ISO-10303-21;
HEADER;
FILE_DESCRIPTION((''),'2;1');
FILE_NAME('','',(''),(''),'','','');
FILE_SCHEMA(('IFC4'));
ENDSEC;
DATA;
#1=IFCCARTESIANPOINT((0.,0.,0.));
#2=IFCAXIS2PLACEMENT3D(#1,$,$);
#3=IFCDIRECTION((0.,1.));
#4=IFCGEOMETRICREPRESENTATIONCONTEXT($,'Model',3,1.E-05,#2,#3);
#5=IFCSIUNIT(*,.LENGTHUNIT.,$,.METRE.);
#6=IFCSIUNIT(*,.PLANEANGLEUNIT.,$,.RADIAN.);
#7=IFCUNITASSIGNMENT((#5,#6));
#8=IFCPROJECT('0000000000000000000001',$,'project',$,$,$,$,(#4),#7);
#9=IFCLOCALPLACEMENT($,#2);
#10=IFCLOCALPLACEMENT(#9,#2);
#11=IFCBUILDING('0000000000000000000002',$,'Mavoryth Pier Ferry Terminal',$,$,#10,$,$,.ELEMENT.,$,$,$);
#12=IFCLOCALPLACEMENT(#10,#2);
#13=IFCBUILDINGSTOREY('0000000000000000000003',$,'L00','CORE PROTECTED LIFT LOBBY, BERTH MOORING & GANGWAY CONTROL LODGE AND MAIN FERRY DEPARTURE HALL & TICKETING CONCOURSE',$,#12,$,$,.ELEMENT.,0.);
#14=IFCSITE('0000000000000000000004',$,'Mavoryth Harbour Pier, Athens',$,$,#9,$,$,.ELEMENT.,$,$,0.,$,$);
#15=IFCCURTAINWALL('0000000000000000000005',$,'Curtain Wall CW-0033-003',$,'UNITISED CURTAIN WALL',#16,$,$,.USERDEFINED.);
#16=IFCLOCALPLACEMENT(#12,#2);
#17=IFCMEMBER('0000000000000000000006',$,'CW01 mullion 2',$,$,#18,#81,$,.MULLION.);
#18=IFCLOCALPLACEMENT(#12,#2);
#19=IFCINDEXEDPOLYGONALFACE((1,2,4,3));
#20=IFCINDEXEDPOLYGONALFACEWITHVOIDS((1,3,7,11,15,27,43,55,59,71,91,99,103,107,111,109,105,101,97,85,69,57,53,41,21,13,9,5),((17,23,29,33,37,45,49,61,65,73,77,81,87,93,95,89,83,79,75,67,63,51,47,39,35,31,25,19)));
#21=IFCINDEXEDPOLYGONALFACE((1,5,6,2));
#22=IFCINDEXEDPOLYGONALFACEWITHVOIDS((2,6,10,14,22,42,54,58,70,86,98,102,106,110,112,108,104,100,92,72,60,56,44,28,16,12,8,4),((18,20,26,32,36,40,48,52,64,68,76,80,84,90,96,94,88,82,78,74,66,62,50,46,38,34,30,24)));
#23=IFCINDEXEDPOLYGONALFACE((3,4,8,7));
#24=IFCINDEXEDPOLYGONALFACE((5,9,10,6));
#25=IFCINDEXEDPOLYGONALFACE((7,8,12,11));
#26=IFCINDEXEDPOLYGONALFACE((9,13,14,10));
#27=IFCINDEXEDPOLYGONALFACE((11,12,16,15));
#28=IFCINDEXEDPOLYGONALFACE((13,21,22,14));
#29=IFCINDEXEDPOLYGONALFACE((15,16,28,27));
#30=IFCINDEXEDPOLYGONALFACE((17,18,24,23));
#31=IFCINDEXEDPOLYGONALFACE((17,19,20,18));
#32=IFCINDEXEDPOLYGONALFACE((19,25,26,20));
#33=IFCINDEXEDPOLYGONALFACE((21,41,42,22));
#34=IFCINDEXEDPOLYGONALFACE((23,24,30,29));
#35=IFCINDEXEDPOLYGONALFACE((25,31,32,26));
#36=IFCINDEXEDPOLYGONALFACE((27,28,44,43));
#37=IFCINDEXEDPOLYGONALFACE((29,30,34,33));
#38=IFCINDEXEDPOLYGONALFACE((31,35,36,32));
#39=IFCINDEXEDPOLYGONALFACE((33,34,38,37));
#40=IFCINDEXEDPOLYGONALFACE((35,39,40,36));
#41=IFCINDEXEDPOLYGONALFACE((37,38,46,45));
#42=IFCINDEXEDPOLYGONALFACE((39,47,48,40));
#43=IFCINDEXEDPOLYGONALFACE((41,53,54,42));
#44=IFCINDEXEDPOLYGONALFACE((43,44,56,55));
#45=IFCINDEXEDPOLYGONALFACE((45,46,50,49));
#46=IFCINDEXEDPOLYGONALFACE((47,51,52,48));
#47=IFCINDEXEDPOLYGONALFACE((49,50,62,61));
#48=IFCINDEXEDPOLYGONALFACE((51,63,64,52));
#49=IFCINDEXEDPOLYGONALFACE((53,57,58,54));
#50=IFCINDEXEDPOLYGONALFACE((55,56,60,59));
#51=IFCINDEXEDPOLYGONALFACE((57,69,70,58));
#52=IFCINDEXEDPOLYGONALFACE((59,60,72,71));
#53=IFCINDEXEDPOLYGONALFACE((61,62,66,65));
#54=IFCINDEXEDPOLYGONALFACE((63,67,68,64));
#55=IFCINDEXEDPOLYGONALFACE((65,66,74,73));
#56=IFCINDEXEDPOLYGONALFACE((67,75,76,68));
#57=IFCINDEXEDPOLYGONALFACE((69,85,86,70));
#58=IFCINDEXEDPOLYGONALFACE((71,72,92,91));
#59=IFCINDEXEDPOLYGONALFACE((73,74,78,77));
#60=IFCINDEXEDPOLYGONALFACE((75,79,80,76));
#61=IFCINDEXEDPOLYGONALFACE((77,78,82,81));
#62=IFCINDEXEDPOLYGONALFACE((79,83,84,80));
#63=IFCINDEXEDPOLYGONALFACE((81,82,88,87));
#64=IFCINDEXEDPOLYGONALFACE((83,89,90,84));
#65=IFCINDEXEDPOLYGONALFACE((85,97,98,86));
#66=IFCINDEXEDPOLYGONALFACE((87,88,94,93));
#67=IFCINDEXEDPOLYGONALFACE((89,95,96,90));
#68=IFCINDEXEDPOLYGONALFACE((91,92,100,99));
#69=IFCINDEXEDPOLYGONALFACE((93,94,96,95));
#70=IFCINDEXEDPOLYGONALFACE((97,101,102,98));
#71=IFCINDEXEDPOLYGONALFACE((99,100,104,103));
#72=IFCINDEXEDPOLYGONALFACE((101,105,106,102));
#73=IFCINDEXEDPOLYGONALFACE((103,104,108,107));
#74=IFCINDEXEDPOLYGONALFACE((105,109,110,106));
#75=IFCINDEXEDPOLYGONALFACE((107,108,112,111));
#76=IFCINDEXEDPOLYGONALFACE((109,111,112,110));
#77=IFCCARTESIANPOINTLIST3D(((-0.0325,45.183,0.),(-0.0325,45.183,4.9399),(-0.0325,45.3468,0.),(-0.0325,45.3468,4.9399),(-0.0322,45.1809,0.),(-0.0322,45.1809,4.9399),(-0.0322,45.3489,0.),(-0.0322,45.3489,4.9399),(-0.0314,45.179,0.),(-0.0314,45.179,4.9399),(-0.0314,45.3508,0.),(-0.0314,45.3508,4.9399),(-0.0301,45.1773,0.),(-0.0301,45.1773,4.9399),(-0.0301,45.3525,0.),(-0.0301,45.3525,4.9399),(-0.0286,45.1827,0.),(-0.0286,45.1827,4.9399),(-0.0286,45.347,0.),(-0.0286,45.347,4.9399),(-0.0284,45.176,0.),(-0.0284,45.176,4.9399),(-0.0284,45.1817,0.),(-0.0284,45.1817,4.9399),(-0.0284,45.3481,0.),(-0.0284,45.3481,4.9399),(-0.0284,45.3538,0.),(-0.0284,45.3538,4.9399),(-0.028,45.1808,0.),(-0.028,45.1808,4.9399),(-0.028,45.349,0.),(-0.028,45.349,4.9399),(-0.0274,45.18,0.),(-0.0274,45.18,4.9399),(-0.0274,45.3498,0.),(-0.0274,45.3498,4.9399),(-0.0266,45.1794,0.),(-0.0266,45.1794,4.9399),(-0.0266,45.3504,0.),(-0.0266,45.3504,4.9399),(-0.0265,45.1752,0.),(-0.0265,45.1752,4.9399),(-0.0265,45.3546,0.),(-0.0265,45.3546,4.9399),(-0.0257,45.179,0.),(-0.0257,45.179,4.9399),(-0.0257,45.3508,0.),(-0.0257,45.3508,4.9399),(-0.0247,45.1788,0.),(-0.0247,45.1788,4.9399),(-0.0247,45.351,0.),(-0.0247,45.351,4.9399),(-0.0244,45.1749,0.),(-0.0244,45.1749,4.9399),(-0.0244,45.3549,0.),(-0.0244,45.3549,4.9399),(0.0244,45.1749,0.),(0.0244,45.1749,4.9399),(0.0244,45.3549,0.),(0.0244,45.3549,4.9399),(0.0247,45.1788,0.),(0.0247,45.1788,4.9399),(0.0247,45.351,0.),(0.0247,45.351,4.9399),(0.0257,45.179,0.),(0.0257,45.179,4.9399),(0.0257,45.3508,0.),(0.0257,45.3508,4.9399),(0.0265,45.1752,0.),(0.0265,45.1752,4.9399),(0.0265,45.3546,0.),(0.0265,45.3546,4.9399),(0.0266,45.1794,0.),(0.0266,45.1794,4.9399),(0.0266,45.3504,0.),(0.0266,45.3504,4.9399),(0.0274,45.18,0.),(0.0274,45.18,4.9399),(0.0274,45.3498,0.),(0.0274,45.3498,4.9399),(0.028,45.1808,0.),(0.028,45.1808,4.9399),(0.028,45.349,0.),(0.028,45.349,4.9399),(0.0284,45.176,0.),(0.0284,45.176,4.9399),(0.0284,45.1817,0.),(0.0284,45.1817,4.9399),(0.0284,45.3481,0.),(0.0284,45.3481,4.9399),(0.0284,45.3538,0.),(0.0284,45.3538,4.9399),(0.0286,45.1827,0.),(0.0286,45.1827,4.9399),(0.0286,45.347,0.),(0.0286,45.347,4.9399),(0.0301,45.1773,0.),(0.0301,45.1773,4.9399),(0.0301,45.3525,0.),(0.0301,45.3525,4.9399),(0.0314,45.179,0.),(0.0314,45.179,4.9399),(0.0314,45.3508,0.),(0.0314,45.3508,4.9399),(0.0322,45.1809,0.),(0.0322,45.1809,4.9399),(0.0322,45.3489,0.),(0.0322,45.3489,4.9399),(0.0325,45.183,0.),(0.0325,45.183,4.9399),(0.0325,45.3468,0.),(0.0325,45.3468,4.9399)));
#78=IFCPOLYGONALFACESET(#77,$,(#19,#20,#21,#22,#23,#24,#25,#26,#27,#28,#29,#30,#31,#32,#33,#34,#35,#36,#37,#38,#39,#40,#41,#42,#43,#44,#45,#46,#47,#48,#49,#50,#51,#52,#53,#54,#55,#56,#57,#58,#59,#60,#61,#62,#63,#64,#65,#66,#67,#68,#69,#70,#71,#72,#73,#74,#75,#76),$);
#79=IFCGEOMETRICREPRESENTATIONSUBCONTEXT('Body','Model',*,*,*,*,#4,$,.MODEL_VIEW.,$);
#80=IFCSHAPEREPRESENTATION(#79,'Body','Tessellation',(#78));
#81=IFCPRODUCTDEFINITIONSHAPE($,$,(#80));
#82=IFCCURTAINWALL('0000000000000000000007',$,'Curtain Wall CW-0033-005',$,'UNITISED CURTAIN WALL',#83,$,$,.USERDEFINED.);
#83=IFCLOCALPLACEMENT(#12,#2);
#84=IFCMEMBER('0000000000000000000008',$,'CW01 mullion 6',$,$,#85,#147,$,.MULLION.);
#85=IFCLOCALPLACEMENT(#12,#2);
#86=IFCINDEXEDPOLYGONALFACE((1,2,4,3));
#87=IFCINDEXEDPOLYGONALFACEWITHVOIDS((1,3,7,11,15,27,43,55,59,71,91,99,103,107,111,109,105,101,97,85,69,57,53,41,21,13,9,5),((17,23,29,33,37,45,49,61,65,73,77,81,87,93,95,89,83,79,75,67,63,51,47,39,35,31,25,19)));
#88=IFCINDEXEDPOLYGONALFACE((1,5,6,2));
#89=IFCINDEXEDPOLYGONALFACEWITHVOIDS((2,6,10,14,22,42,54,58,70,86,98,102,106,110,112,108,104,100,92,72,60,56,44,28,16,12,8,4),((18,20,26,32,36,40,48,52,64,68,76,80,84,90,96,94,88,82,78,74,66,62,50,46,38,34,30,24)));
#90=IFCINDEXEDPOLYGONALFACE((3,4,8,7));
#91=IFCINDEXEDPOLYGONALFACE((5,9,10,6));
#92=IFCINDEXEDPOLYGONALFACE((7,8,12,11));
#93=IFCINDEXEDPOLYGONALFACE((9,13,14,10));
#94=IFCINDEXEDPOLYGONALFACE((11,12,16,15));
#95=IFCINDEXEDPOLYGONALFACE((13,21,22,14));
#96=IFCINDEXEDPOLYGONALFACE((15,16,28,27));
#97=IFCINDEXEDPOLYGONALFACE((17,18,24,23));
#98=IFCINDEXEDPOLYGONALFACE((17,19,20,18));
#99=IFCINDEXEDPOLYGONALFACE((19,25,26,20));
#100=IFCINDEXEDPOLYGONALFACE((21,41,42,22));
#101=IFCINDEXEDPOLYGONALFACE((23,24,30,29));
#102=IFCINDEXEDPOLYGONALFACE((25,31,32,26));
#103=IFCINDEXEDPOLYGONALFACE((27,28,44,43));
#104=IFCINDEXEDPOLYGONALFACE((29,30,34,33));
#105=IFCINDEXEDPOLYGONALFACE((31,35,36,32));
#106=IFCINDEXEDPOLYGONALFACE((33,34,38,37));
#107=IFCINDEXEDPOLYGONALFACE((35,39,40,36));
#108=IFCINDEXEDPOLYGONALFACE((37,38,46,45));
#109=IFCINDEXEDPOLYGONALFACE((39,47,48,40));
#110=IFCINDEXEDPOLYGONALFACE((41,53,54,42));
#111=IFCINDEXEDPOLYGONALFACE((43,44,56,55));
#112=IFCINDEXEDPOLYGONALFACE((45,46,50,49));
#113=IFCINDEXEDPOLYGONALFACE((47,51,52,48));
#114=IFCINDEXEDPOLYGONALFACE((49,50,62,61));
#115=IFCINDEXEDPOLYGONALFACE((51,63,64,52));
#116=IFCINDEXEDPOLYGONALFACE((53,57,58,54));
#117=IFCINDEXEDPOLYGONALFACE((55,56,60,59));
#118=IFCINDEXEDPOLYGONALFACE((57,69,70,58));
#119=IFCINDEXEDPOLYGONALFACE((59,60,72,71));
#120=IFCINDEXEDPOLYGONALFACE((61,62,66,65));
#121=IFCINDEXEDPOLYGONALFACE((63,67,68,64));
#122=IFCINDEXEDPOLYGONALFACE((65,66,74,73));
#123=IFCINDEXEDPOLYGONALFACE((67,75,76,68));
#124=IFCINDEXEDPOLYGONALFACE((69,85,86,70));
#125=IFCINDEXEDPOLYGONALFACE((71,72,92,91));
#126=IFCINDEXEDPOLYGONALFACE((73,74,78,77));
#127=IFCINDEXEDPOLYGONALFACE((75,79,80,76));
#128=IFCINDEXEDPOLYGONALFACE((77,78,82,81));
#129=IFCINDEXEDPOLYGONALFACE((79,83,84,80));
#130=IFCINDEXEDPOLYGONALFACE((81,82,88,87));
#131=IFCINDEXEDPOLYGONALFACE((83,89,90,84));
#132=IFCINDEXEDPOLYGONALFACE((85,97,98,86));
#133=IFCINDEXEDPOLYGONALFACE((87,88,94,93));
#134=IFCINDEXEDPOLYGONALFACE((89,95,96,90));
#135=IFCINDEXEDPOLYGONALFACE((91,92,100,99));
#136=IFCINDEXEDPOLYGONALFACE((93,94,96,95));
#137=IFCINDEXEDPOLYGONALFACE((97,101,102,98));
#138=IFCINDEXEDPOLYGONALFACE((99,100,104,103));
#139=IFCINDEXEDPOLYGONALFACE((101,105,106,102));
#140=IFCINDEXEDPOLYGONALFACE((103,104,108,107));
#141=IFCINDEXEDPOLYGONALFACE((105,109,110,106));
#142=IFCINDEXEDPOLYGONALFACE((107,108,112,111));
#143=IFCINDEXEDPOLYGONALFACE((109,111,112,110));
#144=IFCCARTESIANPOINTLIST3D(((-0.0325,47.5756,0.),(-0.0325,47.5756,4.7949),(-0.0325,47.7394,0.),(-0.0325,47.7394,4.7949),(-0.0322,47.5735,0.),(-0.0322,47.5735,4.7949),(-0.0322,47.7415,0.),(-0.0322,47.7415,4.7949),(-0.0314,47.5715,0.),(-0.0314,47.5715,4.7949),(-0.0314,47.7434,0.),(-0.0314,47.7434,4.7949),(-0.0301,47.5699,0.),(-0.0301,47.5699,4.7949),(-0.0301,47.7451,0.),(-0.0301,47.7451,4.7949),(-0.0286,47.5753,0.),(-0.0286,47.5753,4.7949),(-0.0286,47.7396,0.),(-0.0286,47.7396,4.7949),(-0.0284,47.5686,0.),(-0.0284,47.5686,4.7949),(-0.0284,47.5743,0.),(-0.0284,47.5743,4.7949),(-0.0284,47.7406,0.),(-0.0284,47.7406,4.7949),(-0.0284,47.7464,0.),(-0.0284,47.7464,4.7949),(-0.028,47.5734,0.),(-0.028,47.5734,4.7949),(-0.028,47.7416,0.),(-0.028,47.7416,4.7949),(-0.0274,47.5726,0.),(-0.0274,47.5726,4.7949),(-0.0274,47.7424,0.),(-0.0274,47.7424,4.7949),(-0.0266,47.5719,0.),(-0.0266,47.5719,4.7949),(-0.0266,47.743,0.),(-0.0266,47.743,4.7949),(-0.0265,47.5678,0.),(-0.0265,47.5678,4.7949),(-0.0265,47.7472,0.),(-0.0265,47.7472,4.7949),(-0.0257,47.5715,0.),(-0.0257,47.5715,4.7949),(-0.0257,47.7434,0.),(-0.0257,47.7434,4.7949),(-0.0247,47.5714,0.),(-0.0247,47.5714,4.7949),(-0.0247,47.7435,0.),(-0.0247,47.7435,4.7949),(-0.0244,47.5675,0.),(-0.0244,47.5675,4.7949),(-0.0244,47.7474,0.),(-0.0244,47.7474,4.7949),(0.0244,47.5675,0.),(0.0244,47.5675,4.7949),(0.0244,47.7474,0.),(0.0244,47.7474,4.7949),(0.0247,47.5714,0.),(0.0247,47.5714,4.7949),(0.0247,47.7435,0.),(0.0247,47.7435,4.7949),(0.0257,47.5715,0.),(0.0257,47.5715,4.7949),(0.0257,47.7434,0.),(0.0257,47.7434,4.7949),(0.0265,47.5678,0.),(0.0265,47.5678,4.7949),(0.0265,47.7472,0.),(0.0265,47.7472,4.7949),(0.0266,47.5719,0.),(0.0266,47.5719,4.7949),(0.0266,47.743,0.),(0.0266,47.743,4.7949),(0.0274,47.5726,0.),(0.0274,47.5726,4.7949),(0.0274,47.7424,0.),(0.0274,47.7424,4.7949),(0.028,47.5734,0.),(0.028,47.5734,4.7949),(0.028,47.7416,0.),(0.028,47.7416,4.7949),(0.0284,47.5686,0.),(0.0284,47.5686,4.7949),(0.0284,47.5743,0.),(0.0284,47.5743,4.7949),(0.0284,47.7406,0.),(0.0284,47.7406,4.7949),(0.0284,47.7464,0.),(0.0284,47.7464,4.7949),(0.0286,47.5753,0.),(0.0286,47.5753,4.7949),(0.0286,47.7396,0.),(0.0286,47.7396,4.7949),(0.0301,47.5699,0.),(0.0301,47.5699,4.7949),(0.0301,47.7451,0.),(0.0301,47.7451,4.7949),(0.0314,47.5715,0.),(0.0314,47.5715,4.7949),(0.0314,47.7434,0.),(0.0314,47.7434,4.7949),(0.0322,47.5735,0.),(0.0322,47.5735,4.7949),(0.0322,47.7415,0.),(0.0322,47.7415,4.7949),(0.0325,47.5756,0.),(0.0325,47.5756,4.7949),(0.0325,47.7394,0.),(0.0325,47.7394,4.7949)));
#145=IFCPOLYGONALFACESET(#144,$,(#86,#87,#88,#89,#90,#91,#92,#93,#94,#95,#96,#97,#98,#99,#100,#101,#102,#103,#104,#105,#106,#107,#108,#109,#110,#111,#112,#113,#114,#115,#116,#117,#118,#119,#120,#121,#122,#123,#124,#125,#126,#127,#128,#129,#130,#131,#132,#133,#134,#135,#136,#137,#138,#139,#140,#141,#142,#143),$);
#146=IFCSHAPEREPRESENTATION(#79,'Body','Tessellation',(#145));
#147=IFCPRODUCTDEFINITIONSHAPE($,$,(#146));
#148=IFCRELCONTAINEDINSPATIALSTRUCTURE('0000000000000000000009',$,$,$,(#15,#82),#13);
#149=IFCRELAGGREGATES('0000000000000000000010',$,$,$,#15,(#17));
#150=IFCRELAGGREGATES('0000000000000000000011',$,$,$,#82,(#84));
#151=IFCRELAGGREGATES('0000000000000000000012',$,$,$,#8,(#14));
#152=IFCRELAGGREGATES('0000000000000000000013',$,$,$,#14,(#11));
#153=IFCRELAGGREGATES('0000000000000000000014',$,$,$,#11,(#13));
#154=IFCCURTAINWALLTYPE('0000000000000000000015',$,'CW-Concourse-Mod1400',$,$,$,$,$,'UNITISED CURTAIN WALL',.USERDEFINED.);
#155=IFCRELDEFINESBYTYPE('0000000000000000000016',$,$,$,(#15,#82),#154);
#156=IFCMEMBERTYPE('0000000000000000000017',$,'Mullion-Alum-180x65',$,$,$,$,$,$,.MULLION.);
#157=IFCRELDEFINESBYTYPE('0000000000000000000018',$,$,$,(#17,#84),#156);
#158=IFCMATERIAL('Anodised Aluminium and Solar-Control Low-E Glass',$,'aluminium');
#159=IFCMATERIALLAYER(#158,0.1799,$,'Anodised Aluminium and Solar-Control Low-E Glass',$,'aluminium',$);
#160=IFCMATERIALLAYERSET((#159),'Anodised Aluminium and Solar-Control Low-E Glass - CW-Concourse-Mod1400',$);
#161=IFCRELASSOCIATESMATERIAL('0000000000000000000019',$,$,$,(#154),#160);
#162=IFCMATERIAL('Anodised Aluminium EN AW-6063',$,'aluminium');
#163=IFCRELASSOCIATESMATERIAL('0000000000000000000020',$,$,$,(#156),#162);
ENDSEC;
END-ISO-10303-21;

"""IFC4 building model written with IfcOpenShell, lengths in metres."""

from ifc_helpers import new_model, si_unit, direction, frame, origin, origin_2d, place, context, subcontext, project, spatial, hollow_rectangle, extrude, material, layer, layer_set, material_profile, profile_set, type_object, element, aggregate, save


model = new_model("IFC4")

# Units and contexts
model_context = context("Model", 3, precision=1e-05, world=origin(), true_north=direction((0.0, 1.0)))
body_context = subcontext(model_context, "Body", "Model", "MODEL_VIEW")
ifc_project = project(units=[si_unit("LENGTHUNIT", "METRE"), si_unit("PLANEANGLEUNIT", "RADIAN")], contexts=[model_context])

# Site, building, storey
site_placement = place(None, origin())
site = spatial("IfcSite", under=ifc_project, at=site_placement, Name="Mavoryth Harbour Pier, Athens", CompositionType="ELEMENT", RefElevation=0.0)
building_placement = place(site_placement, origin())
building = spatial("IfcBuilding", under=site, at=building_placement, Name="Mavoryth Pier Ferry Terminal", CompositionType="ELEMENT")
storey_placement = place(building_placement, origin())
storey = spatial("IfcBuildingStorey", under=building, at=storey_placement, Name="L00", Description="CORE PROTECTED LIFT LOBBY, BERTH MOORING & GANGWAY CONTROL LODGE AND MAIN FERRY DEPARTURE HALL & TICKETING CONCOURSE", CompositionType="ELEMENT", Elevation=0.0)

# Curtain wall, member
ifc_material_1 = material(Name="Anodised Aluminium and Solar-Control Low-E Glass", Category="aluminium")
ifc_layer_1 = layer(ifc_material_1, 0.1799, Name="Anodised Aluminium and Solar-Control Low-E Glass", Category="aluminium")
ifc_layer_set_1 = layer_set([ifc_layer_1], Name="Anodised Aluminium and Solar-Control Low-E Glass - CW-Concourse-Mod1400")
curtain_wall_type = type_object("IfcCurtainWallType", Name="CW-Concourse-Mod1400", ElementType="UNITISED CURTAIN WALL", PredefinedType="USERDEFINED", material=ifc_layer_set_1)
curtain_wall_1_placement = place(storey_placement, origin())
curtain_wall_1 = element("IfcCurtainWall", 1, at=curtain_wall_1_placement, inside=storey, type_object=curtain_wall_type, Name="Curtain Wall CW-0033-003", ObjectType="UNITISED CURTAIN WALL", PredefinedType="USERDEFINED")
ifc_material_2 = material(Name="Anodised Aluminium EN AW-6063", Category="aluminium")
ifc_material_profile_1 = material_profile(ifc_material_2, hollow_rectangle(XDim=0.0649, YDim=0.1799, WallThickness=0.0039, InnerFilletRadius=0.0039, OuterFilletRadius=0.0081, at=origin_2d()), Name="AL-MULL 180x65x4", Category="aluminium")
ifc_profile_set_1 = profile_set([ifc_material_profile_1], Name="Anodised Aluminium EN AW-6063 - AL-MULL 180x65x4")
member_type_1 = type_object("IfcMemberType", Name="Mullion-Alum-180x65", PredefinedType="MULLION", material=ifc_profile_set_1)
member_1_placement = place(storey_placement, frame((0.0, 45.2649, 0.0), z_axis=(0.0, 0.0, 1.0), x_axis=(1.0, 0.0, 0.0)))
member_1 = element("IfcMember", 2, at=member_1_placement, type_object=member_type_1, Name="CW01 mullion 2", PredefinedType="MULLION", context=body_context, shape_type="SweptSolid", body=[
    extrude(hollow_rectangle(XDim=0.0649, YDim=0.1799, WallThickness=0.0039, InnerFilletRadius=0.0039, OuterFilletRadius=0.0081, at=origin_2d()), origin(), (0.0, 0.0, 1.0), 4.9399),
])

# Curtain wall, member
curtain_wall_2_placement = place(storey_placement, origin())
curtain_wall_2 = element("IfcCurtainWall", 3, at=curtain_wall_2_placement, inside=storey, type_object=curtain_wall_type, Name="Curtain Wall CW-0033-005", ObjectType="UNITISED CURTAIN WALL", PredefinedType="USERDEFINED")
member_2_placement = place(storey_placement, frame((0.0, 47.6575, 0.0), z_axis=(0.0, 0.0, 1.0), x_axis=(1.0, 0.0, 0.0)))
member_2 = element("IfcMember", 4, at=member_2_placement, type_object=member_type_1, Name="CW01 mullion 6", PredefinedType="MULLION", context=body_context, shape_type="SweptSolid", body=[
    extrude(hollow_rectangle(XDim=0.0649, YDim=0.1799, WallThickness=0.0039, InnerFilletRadius=0.0039, OuterFilletRadius=0.0081, at=origin_2d()), origin(), (0.0, 0.0, 1.0), 4.7949),
])

aggregate(curtain_wall_1, [member_1])
aggregate(curtain_wall_2, [member_2])

save(model, "model.ifc")
